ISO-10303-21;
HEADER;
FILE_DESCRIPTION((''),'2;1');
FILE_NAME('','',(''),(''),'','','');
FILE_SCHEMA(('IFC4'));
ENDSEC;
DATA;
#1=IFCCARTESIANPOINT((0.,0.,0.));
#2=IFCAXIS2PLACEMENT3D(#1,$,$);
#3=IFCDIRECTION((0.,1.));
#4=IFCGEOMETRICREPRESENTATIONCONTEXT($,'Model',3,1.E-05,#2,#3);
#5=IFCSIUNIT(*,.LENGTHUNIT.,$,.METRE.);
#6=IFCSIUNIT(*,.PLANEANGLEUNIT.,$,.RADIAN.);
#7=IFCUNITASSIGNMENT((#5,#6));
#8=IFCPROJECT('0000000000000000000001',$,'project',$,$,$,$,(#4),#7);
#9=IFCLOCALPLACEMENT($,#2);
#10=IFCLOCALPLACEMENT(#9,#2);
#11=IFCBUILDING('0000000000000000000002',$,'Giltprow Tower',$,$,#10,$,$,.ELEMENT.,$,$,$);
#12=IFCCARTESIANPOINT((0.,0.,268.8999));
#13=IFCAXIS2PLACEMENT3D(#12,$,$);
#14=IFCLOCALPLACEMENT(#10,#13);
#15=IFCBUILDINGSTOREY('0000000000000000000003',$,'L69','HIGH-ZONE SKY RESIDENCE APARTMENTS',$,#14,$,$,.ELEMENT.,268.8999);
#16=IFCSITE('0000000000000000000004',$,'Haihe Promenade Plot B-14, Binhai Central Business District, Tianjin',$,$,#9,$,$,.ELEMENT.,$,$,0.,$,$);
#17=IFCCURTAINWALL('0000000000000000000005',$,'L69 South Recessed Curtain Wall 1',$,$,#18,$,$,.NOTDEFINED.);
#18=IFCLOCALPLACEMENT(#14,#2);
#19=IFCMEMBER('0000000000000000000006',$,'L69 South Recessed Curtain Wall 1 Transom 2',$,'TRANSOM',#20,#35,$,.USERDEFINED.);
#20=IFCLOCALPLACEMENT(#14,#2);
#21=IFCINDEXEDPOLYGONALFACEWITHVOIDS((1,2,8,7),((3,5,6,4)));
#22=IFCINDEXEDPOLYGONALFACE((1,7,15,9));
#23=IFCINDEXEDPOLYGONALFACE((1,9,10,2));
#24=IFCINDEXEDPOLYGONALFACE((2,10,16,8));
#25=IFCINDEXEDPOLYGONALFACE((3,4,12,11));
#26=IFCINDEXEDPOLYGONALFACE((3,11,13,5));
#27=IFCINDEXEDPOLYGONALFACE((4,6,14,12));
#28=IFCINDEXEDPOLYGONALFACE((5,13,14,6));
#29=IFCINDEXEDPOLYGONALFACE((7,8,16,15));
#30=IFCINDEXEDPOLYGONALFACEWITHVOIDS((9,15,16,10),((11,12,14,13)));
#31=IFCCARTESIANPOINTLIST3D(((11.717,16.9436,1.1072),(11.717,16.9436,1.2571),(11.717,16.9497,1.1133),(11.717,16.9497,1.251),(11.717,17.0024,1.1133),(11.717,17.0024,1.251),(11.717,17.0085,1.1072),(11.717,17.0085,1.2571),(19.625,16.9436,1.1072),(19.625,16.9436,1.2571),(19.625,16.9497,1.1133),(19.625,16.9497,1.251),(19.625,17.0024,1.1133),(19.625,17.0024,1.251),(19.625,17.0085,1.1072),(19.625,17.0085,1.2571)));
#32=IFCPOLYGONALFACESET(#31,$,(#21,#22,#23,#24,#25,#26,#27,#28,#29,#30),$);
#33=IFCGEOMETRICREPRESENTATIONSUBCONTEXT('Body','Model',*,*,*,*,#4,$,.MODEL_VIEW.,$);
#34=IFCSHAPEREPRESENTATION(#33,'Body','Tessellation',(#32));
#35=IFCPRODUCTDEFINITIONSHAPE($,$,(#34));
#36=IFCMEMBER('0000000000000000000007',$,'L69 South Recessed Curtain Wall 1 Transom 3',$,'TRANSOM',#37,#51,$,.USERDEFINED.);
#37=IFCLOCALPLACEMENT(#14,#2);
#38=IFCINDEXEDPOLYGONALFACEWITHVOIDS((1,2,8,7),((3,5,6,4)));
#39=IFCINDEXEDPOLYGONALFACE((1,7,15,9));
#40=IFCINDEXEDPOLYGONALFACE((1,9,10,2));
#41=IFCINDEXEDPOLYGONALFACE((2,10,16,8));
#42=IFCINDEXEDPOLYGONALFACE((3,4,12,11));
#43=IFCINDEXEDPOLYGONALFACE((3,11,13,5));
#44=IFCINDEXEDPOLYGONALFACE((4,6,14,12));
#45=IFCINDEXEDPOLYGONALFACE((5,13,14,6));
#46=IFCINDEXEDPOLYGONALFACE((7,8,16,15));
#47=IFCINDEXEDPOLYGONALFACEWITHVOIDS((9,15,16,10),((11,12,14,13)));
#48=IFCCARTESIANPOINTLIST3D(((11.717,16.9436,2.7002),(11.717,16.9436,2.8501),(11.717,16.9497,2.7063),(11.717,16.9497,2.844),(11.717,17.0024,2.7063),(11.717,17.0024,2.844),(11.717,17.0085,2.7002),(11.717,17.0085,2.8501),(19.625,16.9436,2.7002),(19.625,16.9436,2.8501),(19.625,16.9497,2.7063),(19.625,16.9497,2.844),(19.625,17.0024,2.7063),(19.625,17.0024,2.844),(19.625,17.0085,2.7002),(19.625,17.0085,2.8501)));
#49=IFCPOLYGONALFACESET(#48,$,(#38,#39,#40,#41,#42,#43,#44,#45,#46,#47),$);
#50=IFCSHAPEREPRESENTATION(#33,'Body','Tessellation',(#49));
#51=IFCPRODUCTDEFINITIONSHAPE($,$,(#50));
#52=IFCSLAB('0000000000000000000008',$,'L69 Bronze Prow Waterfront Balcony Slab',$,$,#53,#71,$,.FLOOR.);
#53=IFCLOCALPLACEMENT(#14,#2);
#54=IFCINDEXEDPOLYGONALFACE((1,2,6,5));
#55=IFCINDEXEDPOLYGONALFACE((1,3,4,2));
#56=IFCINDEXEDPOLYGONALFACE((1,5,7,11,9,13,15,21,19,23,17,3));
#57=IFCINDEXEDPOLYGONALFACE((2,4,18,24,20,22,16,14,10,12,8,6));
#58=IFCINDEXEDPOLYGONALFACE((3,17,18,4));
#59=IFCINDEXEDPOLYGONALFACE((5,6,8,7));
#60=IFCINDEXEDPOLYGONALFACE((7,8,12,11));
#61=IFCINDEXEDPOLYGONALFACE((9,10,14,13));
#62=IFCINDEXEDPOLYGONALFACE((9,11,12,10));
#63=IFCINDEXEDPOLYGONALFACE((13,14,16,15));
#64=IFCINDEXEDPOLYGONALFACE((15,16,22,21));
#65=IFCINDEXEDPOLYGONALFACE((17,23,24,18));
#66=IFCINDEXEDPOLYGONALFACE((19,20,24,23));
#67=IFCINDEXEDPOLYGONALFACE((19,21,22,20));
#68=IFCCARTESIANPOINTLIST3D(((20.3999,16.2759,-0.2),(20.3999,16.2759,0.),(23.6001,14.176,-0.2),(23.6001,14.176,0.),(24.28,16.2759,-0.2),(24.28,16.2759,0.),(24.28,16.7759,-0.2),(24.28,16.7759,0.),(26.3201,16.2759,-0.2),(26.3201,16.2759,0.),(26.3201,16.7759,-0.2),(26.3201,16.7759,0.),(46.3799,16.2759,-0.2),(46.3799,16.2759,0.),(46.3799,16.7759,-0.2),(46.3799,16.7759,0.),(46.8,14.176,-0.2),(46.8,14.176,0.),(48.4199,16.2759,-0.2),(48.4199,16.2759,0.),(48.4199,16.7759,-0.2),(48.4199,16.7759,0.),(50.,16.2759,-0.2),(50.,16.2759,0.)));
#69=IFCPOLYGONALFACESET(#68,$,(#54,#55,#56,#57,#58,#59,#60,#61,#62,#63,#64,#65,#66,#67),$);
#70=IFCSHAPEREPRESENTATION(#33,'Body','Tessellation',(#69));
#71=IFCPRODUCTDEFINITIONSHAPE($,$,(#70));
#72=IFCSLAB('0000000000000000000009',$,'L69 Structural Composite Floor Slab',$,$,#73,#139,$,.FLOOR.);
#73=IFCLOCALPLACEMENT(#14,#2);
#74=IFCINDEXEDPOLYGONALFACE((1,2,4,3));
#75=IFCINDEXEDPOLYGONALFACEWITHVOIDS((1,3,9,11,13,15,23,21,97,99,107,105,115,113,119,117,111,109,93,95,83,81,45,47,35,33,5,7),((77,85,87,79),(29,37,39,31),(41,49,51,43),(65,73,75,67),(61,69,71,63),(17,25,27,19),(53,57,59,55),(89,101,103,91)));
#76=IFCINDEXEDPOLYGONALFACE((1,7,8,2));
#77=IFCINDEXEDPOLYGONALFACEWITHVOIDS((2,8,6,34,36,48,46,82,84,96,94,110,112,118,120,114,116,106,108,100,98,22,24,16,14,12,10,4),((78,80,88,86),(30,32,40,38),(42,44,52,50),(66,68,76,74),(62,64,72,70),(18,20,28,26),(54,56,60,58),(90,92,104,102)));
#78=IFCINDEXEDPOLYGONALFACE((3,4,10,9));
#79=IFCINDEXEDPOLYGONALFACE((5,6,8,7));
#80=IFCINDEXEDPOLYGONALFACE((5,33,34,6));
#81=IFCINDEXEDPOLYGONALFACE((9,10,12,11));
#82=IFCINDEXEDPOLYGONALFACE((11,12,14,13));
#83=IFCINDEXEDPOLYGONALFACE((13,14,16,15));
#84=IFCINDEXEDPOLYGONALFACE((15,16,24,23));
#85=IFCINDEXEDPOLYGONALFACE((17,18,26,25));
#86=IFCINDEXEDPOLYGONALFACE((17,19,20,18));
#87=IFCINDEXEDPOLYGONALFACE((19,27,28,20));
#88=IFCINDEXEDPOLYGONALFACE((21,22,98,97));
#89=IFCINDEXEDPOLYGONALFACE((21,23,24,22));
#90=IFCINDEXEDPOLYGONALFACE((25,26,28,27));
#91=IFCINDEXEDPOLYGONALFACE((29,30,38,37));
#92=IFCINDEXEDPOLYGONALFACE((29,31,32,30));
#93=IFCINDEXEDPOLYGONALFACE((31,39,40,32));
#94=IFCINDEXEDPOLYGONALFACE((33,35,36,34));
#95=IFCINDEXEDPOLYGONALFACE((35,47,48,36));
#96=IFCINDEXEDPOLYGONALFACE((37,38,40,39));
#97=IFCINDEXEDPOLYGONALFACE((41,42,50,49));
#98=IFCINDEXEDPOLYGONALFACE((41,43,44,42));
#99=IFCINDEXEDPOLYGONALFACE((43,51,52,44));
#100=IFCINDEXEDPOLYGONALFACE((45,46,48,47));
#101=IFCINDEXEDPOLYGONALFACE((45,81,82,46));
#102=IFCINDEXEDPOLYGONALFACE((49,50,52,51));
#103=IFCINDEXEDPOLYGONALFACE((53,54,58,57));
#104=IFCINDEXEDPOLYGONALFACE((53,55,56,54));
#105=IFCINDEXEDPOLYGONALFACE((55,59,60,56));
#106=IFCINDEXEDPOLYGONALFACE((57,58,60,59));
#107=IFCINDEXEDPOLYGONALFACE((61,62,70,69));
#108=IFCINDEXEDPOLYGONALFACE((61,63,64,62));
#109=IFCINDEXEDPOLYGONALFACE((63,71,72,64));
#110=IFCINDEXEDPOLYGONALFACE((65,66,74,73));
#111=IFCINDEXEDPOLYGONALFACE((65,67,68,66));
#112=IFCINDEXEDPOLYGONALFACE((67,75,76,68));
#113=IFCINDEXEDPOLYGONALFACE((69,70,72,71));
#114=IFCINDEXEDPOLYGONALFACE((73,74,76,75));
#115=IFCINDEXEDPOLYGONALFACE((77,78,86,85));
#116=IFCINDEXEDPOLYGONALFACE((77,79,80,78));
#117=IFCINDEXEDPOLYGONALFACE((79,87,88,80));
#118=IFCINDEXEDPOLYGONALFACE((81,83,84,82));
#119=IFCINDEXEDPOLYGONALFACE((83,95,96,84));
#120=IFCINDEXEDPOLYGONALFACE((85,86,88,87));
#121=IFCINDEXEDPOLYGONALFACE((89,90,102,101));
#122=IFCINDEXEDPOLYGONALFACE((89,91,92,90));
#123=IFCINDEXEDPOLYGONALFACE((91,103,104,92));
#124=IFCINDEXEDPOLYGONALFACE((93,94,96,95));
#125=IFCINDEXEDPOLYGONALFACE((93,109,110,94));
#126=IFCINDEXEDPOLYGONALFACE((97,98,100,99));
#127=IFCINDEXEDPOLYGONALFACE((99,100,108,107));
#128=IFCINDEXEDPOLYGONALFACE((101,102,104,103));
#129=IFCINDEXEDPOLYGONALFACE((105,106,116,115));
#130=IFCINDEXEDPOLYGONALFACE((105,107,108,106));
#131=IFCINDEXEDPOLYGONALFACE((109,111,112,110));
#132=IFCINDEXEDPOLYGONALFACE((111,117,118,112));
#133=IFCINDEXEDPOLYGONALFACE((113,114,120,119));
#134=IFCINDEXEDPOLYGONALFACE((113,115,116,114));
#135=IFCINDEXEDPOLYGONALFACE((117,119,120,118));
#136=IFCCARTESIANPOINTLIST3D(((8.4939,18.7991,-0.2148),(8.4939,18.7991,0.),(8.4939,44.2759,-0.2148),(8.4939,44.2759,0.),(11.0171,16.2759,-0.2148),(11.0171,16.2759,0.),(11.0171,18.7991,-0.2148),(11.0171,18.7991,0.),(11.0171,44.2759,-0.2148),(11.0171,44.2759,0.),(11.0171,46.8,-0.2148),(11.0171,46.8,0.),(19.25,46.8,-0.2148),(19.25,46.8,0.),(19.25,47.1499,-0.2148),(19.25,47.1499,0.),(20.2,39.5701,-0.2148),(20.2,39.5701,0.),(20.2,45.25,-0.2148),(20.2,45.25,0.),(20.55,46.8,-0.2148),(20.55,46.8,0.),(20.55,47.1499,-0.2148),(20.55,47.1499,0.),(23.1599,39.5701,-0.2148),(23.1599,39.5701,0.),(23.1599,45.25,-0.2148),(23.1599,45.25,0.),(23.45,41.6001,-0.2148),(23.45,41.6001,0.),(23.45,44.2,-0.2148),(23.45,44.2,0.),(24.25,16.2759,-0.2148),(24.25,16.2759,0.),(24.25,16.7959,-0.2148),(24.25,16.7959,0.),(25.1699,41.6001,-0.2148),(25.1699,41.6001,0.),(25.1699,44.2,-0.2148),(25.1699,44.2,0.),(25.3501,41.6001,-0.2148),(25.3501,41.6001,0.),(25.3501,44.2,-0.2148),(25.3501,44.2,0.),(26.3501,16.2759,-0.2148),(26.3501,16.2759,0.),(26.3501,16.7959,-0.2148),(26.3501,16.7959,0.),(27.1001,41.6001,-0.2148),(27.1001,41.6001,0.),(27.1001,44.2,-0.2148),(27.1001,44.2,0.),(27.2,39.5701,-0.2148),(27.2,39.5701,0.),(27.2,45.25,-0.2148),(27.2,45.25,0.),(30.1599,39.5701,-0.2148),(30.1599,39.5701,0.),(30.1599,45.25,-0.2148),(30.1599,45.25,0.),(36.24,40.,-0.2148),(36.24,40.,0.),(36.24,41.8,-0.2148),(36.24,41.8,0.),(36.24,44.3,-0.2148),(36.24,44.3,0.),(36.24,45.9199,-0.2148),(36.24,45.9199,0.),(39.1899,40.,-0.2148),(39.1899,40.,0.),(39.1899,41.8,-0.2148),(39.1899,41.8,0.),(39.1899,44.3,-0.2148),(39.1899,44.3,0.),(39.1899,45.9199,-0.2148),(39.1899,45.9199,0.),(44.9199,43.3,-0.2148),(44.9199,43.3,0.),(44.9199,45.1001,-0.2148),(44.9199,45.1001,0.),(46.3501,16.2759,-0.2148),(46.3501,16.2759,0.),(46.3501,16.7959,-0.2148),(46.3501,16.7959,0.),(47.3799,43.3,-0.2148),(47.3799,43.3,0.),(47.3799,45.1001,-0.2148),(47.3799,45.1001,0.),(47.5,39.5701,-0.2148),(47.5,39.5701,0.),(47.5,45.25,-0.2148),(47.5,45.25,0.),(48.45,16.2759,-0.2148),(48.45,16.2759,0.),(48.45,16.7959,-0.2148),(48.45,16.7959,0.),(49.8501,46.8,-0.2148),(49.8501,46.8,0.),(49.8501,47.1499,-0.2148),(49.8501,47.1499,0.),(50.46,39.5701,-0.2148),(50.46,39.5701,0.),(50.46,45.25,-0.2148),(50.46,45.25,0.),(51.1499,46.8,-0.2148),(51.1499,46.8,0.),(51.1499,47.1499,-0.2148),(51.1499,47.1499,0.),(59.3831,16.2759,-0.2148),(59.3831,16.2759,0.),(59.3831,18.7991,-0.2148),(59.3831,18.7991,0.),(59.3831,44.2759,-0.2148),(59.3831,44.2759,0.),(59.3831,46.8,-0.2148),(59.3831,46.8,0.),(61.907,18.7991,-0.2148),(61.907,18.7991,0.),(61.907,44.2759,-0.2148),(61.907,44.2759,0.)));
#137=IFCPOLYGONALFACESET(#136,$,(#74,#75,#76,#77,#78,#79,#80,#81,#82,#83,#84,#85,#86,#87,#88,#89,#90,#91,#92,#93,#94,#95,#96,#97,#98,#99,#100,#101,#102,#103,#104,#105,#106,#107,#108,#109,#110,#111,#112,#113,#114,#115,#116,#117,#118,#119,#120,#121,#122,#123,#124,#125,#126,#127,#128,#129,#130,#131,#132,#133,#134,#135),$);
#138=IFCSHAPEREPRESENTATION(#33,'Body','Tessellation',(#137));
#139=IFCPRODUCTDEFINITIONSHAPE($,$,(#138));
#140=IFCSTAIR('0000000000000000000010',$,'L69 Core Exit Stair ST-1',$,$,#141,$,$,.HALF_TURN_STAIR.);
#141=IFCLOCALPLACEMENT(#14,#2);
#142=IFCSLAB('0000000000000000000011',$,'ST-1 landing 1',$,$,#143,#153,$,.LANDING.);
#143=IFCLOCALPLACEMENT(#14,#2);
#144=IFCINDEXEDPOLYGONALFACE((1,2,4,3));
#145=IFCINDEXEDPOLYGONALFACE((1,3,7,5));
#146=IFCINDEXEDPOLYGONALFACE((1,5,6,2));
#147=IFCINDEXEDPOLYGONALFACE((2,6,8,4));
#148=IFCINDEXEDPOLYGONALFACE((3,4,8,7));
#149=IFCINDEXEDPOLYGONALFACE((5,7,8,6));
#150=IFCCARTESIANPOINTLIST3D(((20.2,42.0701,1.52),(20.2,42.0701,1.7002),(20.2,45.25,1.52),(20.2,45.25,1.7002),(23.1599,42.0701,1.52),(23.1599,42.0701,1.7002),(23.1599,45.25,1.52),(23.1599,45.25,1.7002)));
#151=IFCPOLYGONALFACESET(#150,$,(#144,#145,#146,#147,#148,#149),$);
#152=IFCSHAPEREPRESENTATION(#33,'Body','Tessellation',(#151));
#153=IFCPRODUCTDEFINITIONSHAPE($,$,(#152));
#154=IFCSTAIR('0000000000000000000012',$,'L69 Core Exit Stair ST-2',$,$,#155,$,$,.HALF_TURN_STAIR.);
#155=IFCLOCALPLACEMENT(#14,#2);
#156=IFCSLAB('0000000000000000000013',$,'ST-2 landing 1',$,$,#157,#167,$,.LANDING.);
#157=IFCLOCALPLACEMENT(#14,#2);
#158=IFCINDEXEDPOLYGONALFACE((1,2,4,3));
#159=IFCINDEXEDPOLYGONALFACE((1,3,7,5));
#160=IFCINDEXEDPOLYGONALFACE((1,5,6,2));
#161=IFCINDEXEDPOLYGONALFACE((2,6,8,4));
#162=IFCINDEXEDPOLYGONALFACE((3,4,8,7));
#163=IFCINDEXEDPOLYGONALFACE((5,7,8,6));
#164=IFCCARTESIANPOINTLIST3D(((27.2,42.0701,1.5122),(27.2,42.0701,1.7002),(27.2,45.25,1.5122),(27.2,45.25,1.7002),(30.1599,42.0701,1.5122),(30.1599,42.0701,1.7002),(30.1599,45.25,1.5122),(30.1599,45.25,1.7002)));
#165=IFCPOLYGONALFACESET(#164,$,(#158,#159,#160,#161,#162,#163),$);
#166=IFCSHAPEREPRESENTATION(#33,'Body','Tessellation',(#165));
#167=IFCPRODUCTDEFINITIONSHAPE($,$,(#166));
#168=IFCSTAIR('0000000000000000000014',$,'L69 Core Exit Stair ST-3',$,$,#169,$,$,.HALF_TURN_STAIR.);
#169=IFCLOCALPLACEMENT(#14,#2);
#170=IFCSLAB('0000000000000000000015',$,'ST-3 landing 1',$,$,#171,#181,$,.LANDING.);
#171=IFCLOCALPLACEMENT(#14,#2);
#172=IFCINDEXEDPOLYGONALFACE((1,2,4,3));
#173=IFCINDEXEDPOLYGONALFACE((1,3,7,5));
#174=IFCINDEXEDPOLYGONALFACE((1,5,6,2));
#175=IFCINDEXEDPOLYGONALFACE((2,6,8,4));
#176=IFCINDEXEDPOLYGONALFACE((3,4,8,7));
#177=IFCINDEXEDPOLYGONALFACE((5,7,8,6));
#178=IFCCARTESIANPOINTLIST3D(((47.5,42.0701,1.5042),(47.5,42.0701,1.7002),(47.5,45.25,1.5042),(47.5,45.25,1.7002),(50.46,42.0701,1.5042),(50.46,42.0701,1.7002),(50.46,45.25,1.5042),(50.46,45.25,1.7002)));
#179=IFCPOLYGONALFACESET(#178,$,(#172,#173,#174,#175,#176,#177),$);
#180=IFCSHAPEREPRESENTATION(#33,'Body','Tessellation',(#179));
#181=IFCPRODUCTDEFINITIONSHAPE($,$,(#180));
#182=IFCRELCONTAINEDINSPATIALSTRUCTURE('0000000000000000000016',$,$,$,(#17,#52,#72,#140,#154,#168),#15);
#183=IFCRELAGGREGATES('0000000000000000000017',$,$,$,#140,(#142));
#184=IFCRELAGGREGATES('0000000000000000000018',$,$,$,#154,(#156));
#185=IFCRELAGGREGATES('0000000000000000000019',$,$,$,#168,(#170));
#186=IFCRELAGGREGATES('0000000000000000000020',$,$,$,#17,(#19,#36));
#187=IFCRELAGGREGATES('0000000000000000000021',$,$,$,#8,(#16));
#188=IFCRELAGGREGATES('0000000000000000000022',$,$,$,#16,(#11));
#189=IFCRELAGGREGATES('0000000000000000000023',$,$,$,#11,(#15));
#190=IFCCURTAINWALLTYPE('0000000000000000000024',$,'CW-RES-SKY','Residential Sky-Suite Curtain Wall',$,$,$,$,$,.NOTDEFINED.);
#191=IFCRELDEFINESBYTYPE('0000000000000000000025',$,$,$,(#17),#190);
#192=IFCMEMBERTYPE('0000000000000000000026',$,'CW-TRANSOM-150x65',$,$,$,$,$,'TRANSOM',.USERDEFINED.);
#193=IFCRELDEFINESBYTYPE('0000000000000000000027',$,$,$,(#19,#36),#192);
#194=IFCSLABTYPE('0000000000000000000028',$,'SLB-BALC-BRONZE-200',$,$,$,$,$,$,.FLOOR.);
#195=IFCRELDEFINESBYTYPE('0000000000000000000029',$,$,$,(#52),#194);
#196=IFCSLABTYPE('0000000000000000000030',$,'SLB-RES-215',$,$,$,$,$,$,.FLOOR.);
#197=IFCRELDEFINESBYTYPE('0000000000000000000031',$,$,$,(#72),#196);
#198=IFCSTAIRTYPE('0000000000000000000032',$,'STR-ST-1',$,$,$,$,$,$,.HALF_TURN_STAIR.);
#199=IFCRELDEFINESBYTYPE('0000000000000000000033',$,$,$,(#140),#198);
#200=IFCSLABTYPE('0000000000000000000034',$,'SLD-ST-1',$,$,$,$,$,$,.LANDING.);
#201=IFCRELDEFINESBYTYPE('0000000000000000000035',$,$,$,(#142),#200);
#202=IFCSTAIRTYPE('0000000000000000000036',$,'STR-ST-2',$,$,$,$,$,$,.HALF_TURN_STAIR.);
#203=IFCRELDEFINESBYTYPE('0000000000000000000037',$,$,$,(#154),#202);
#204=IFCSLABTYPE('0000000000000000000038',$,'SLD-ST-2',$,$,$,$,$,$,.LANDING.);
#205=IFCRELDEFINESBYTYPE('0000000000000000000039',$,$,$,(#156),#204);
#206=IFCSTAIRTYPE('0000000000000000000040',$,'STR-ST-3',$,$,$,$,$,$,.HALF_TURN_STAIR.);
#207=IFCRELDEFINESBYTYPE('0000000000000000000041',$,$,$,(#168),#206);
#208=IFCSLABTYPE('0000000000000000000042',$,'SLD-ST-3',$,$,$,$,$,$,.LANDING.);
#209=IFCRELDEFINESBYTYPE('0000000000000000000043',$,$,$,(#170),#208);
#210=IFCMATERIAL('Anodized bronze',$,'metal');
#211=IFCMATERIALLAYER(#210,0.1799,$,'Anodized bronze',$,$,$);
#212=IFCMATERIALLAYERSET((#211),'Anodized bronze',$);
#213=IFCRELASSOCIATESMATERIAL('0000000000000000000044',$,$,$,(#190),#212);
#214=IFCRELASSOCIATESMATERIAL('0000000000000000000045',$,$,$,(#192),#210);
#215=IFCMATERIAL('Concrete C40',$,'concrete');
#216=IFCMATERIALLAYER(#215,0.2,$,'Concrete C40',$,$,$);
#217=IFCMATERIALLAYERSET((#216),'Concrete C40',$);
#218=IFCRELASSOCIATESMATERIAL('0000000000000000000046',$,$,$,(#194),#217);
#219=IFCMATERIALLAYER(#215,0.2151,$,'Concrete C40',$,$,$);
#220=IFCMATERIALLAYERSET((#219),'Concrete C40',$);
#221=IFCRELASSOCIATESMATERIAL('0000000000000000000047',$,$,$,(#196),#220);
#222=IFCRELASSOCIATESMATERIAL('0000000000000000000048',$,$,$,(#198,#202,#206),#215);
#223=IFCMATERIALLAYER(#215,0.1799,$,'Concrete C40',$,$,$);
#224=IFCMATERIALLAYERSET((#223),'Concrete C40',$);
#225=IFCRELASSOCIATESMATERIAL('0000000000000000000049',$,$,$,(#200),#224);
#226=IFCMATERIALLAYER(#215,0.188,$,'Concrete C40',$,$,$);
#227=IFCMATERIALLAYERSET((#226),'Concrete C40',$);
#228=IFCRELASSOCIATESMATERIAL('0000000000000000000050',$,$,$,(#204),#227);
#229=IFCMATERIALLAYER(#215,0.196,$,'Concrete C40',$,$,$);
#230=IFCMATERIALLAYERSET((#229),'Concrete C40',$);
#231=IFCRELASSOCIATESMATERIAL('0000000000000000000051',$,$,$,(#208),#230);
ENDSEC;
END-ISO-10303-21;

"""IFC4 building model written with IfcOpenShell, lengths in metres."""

from ifc_helpers import new_model, si_unit, direction, frame, origin, origin_2d, place, context, subcontext, project, spatial, polyline, hollow_rectangle, outline, extrude, source, transform, mapped, material, layer, layer_set, material_profile, profile_set, type_object, element, aggregate, save


model = new_model("IFC4")

# Units and contexts
model_context = context("Model", 3, precision=1e-05, world=origin(), true_north=direction((0.0, 1.0)))
body_context = subcontext(model_context, "Body", "Model", "MODEL_VIEW")
ifc_project = project(units=[si_unit("LENGTHUNIT", "METRE"), si_unit("PLANEANGLEUNIT", "RADIAN")], contexts=[model_context])

# Site, building, storey
site_placement = place(None, origin())
site = spatial("IfcSite", under=ifc_project, at=site_placement, Name="Haihe Promenade Plot B-14, Binhai Central Business District, Tianjin", CompositionType="ELEMENT", RefElevation=0.0)
building_placement = place(site_placement, origin())
building = spatial("IfcBuilding", under=site, at=building_placement, Name="Giltprow Tower", CompositionType="ELEMENT")
storey_placement = place(building_placement, frame((0.0, 0.0, 268.8999)))
storey = spatial("IfcBuildingStorey", under=building, at=storey_placement, Name="L69", Description="HIGH-ZONE SKY RESIDENCE APARTMENTS", CompositionType="ELEMENT", Elevation=268.8999)

# Curtain wall, members
ifc_material_1 = material(Name="Anodized bronze", Category="metal")
ifc_layer_1 = layer(ifc_material_1, 0.1799, Name="Anodized bronze")
ifc_layer_set_1 = layer_set([ifc_layer_1], Name="Anodized bronze")
curtain_wall_type = type_object("IfcCurtainWallType", Name="CW-RES-SKY", Description="Residential Sky-Suite Curtain Wall", PredefinedType="NOTDEFINED", material=ifc_layer_set_1)
curtain_wall_placement = place(storey_placement, origin())
curtain_wall = element("IfcCurtainWall", 1, at=curtain_wall_placement, inside=storey, type_object=curtain_wall_type, Name="L69 South Recessed Curtain Wall 1", PredefinedType="NOTDEFINED")
ifc_material_profile_1 = material_profile(ifc_material_1, hollow_rectangle(XDim=0.0649, YDim=0.1499, WallThickness=0.0061, at=origin_2d()), Name="RHS 150x65x6")
ifc_profile_set_1 = profile_set([ifc_material_profile_1], Name="Anodized bronze")
member_type_1 = type_object("IfcMemberType", Name="CW-TRANSOM-150x65", ElementType="TRANSOM", PredefinedType="USERDEFINED", material=ifc_profile_set_1)
shared_shape_1 = source(origin(), body_context, "Body", "SweptSolid", [
    extrude(hollow_rectangle(XDim=0.0649, YDim=0.1499, WallThickness=0.0061, at=origin_2d()), origin(), (0.0, 0.0, 1.0), 7.908),
])
member_1_placement = place(storey_placement, frame((11.717, 16.9761, 1.1821), z_axis=(1.0, 0.0, 0.0), x_axis=(0.0, 1.0, 0.0)))
member_1 = element("IfcMember", 2, at=member_1_placement, type_object=member_type_1, Name="L69 South Recessed Curtain Wall 1 Transom 2", ObjectType="TRANSOM", PredefinedType="USERDEFINED", context=body_context, shape_type="MappedRepresentation", body=[
    mapped(shared_shape_1, transform((0.0, 0.0, 0.0), x_axis=(1.0, 0.0, 0.0), y_axis=(0.0, 1.0, 0.0), z_axis=(0.0, 0.0, 1.0), scale=1.0)),
])
member_2_placement = place(storey_placement, frame((11.717, 16.9761, 2.7751), z_axis=(1.0, 0.0, 0.0), x_axis=(0.0, 1.0, 0.0)))
member_2 = element("IfcMember", 3, at=member_2_placement, type_object=member_type_1, Name="L69 South Recessed Curtain Wall 1 Transom 3", ObjectType="TRANSOM", PredefinedType="USERDEFINED", context=body_context, shape_type="MappedRepresentation", body=[
    mapped(shared_shape_1, transform((0.0, 0.0, 0.0), x_axis=(1.0, 0.0, 0.0), y_axis=(0.0, 1.0, 0.0), z_axis=(0.0, 0.0, 1.0), scale=1.0)),
])

# Slabs
ifc_material_2 = material(Name="Concrete C40", Category="concrete")
ifc_layer_2 = layer(ifc_material_2, 0.2, Name="Concrete C40")
ifc_layer_set_2 = layer_set([ifc_layer_2], Name="Concrete C40")
slab_type_1 = type_object("IfcSlabType", Name="SLB-BALC-BRONZE-200", PredefinedType="FLOOR", material=ifc_layer_set_2)
slab_1_placement = place(storey_placement, frame((0.0, 0.0, -0.2)))
element("IfcSlab", 4, at=slab_1_placement, inside=storey, type_object=slab_type_1, Name="L69 Bronze Prow Waterfront Balcony Slab", PredefinedType="FLOOR", context=body_context, shape_type="SweptSolid", body=[
    extrude(outline(polyline([(50.0, 16.2759), (46.8, 14.176), (23.6001, 14.176), (20.3999, 16.2759), (24.28, 16.2759), (24.28, 16.7759), (26.3201, 16.7759), (26.3201, 16.2759), (46.3799, 16.2759), (46.3799, 16.7759), (48.4199, 16.7759), (48.4199, 16.2759), (50.0, 16.2759)])), origin(), (0.0, 0.0, 1.0), 0.2),
])
ifc_layer_3 = layer(ifc_material_2, 0.2151, Name="Concrete C40")
ifc_layer_set_3 = layer_set([ifc_layer_3], Name="Concrete C40")
slab_type_2 = type_object("IfcSlabType", Name="SLB-RES-215", PredefinedType="FLOOR", material=ifc_layer_set_3)
slab_2_placement = place(storey_placement, frame((0.0, 0.0, -0.2148)))
element("IfcSlab", 5, at=slab_2_placement, inside=storey, type_object=slab_type_2, Name="L69 Structural Composite Floor Slab", PredefinedType="FLOOR", context=body_context, shape_type="SweptSolid", body=[
    extrude(outline(polyline([(61.907, 44.2759), (61.907, 18.7991), (59.3831, 18.7991), (59.3831, 16.2759), (48.45, 16.2759), (48.45, 16.7959), (46.3501, 16.7959), (46.3501, 16.2759), (26.3501, 16.2759), (26.3501, 16.7959), (24.25, 16.7959), (24.25, 16.2759), (11.0171, 16.2759), (11.0171, 18.7991), (8.4939, 18.7991), (8.4939, 44.2759), (11.0171, 44.2759), (11.0171, 46.8), (19.25, 46.8), (19.25, 47.1499), (20.55, 47.1499), (20.55, 46.8), (49.8501, 46.8), (49.8501, 47.1499), (51.1499, 47.1499), (51.1499, 46.8), (59.3831, 46.8), (59.3831, 44.2759), (61.907, 44.2759)]), holes=[polyline([(39.1899, 41.8), (36.24, 41.8), (36.24, 40.0), (39.1899, 40.0), (39.1899, 41.8)]), polyline([(23.1599, 39.5701), (23.1599, 45.25), (20.2, 45.25), (20.2, 39.5701), (23.1599, 39.5701)]), polyline([(30.1599, 39.5701), (30.1599, 45.25), (27.2, 45.25), (27.2, 39.5701), (30.1599, 39.5701)]), polyline([(50.46, 45.25), (47.5, 45.25), (47.5, 39.5701), (50.46, 39.5701), (50.46, 45.25)]), polyline([(25.1699, 44.2), (23.45, 44.2), (23.45, 41.6001), (25.1699, 41.6001), (25.1699, 44.2)]), polyline([(27.1001, 44.2), (25.3501, 44.2), (25.3501, 41.6001), (27.1001, 41.6001), (27.1001, 44.2)]), polyline([(47.3799, 43.3), (47.3799, 45.1001), (44.9199, 45.1001), (44.9199, 43.3), (47.3799, 43.3)]), polyline([(39.1899, 44.3), (39.1899, 45.9199), (36.24, 45.9199), (36.24, 44.3), (39.1899, 44.3)])]), origin(), (0.0, 0.0, 1.0), 0.2148),
])

# Stairs, slabs
stair_type_1 = type_object("IfcStairType", Name="STR-ST-1", PredefinedType="HALF_TURN_STAIR", material=ifc_material_2)
stair_1_placement = place(storey_placement, origin())
stair_1 = element("IfcStair", 6, at=stair_1_placement, inside=storey, type_object=stair_type_1, Name="L69 Core Exit Stair ST-1", PredefinedType="HALF_TURN_STAIR")
ifc_layer_4 = layer(ifc_material_2, 0.1799, Name="Concrete C40")
ifc_layer_set_4 = layer_set([ifc_layer_4], Name="Concrete C40")
slab_type_3 = type_object("IfcSlabType", Name="SLD-ST-1", PredefinedType="LANDING", material=ifc_layer_set_4)
slab_3_placement = place(storey_placement, frame((0.0, 0.0, 1.52)))
slab_3 = element("IfcSlab", 7, at=slab_3_placement, type_object=slab_type_3, Name="ST-1 landing 1", PredefinedType="LANDING", context=body_context, shape_type="SweptSolid", body=[
    extrude(outline(polyline([(23.1599, 42.0701), (23.1599, 45.25), (20.2, 45.25), (20.2, 42.0701), (23.1599, 42.0701)])), origin(), (0.0, 0.0, 1.0), 0.1802),
])
aggregate(stair_1, [slab_3])
stair_type_2 = type_object("IfcStairType", Name="STR-ST-2", PredefinedType="HALF_TURN_STAIR", material=ifc_material_2)
stair_2_placement = place(storey_placement, origin())
stair_2 = element("IfcStair", 8, at=stair_2_placement, inside=storey, type_object=stair_type_2, Name="L69 Core Exit Stair ST-2", PredefinedType="HALF_TURN_STAIR")
ifc_layer_5 = layer(ifc_material_2, 0.188, Name="Concrete C40")
ifc_layer_set_5 = layer_set([ifc_layer_5], Name="Concrete C40")
slab_type_4 = type_object("IfcSlabType", Name="SLD-ST-2", PredefinedType="LANDING", material=ifc_layer_set_5)
slab_4_placement = place(storey_placement, frame((0.0, 0.0, 1.5122)))
slab_4 = element("IfcSlab", 9, at=slab_4_placement, type_object=slab_type_4, Name="ST-2 landing 1", PredefinedType="LANDING", context=body_context, shape_type="SweptSolid", body=[
    extrude(outline(polyline([(30.1599, 42.0701), (30.1599, 45.25), (27.2, 45.25), (27.2, 42.0701), (30.1599, 42.0701)])), origin(), (0.0, 0.0, 1.0), 0.188),
])
aggregate(stair_2, [slab_4])
stair_type_3 = type_object("IfcStairType", Name="STR-ST-3", PredefinedType="HALF_TURN_STAIR", material=ifc_material_2)
stair_3_placement = place(storey_placement, origin())
stair_3 = element("IfcStair", 10, at=stair_3_placement, inside=storey, type_object=stair_type_3, Name="L69 Core Exit Stair ST-3", PredefinedType="HALF_TURN_STAIR")
ifc_layer_6 = layer(ifc_material_2, 0.196, Name="Concrete C40")
ifc_layer_set_6 = layer_set([ifc_layer_6], Name="Concrete C40")
slab_type_5 = type_object("IfcSlabType", Name="SLD-ST-3", PredefinedType="LANDING", material=ifc_layer_set_6)
slab_5_placement = place(storey_placement, frame((0.0, 0.0, 1.5042)))
slab_5 = element("IfcSlab", 11, at=slab_5_placement, type_object=slab_type_5, Name="ST-3 landing 1", PredefinedType="LANDING", context=body_context, shape_type="SweptSolid", body=[
    extrude(outline(polyline([(50.46, 42.0701), (50.46, 45.25), (47.5, 45.25), (47.5, 42.0701), (50.46, 42.0701)])), origin(), (0.0, 0.0, 1.0), 0.196),
])
aggregate(stair_3, [slab_5])

aggregate(curtain_wall, [member_1, member_2])

save(model, "model.ifc")
